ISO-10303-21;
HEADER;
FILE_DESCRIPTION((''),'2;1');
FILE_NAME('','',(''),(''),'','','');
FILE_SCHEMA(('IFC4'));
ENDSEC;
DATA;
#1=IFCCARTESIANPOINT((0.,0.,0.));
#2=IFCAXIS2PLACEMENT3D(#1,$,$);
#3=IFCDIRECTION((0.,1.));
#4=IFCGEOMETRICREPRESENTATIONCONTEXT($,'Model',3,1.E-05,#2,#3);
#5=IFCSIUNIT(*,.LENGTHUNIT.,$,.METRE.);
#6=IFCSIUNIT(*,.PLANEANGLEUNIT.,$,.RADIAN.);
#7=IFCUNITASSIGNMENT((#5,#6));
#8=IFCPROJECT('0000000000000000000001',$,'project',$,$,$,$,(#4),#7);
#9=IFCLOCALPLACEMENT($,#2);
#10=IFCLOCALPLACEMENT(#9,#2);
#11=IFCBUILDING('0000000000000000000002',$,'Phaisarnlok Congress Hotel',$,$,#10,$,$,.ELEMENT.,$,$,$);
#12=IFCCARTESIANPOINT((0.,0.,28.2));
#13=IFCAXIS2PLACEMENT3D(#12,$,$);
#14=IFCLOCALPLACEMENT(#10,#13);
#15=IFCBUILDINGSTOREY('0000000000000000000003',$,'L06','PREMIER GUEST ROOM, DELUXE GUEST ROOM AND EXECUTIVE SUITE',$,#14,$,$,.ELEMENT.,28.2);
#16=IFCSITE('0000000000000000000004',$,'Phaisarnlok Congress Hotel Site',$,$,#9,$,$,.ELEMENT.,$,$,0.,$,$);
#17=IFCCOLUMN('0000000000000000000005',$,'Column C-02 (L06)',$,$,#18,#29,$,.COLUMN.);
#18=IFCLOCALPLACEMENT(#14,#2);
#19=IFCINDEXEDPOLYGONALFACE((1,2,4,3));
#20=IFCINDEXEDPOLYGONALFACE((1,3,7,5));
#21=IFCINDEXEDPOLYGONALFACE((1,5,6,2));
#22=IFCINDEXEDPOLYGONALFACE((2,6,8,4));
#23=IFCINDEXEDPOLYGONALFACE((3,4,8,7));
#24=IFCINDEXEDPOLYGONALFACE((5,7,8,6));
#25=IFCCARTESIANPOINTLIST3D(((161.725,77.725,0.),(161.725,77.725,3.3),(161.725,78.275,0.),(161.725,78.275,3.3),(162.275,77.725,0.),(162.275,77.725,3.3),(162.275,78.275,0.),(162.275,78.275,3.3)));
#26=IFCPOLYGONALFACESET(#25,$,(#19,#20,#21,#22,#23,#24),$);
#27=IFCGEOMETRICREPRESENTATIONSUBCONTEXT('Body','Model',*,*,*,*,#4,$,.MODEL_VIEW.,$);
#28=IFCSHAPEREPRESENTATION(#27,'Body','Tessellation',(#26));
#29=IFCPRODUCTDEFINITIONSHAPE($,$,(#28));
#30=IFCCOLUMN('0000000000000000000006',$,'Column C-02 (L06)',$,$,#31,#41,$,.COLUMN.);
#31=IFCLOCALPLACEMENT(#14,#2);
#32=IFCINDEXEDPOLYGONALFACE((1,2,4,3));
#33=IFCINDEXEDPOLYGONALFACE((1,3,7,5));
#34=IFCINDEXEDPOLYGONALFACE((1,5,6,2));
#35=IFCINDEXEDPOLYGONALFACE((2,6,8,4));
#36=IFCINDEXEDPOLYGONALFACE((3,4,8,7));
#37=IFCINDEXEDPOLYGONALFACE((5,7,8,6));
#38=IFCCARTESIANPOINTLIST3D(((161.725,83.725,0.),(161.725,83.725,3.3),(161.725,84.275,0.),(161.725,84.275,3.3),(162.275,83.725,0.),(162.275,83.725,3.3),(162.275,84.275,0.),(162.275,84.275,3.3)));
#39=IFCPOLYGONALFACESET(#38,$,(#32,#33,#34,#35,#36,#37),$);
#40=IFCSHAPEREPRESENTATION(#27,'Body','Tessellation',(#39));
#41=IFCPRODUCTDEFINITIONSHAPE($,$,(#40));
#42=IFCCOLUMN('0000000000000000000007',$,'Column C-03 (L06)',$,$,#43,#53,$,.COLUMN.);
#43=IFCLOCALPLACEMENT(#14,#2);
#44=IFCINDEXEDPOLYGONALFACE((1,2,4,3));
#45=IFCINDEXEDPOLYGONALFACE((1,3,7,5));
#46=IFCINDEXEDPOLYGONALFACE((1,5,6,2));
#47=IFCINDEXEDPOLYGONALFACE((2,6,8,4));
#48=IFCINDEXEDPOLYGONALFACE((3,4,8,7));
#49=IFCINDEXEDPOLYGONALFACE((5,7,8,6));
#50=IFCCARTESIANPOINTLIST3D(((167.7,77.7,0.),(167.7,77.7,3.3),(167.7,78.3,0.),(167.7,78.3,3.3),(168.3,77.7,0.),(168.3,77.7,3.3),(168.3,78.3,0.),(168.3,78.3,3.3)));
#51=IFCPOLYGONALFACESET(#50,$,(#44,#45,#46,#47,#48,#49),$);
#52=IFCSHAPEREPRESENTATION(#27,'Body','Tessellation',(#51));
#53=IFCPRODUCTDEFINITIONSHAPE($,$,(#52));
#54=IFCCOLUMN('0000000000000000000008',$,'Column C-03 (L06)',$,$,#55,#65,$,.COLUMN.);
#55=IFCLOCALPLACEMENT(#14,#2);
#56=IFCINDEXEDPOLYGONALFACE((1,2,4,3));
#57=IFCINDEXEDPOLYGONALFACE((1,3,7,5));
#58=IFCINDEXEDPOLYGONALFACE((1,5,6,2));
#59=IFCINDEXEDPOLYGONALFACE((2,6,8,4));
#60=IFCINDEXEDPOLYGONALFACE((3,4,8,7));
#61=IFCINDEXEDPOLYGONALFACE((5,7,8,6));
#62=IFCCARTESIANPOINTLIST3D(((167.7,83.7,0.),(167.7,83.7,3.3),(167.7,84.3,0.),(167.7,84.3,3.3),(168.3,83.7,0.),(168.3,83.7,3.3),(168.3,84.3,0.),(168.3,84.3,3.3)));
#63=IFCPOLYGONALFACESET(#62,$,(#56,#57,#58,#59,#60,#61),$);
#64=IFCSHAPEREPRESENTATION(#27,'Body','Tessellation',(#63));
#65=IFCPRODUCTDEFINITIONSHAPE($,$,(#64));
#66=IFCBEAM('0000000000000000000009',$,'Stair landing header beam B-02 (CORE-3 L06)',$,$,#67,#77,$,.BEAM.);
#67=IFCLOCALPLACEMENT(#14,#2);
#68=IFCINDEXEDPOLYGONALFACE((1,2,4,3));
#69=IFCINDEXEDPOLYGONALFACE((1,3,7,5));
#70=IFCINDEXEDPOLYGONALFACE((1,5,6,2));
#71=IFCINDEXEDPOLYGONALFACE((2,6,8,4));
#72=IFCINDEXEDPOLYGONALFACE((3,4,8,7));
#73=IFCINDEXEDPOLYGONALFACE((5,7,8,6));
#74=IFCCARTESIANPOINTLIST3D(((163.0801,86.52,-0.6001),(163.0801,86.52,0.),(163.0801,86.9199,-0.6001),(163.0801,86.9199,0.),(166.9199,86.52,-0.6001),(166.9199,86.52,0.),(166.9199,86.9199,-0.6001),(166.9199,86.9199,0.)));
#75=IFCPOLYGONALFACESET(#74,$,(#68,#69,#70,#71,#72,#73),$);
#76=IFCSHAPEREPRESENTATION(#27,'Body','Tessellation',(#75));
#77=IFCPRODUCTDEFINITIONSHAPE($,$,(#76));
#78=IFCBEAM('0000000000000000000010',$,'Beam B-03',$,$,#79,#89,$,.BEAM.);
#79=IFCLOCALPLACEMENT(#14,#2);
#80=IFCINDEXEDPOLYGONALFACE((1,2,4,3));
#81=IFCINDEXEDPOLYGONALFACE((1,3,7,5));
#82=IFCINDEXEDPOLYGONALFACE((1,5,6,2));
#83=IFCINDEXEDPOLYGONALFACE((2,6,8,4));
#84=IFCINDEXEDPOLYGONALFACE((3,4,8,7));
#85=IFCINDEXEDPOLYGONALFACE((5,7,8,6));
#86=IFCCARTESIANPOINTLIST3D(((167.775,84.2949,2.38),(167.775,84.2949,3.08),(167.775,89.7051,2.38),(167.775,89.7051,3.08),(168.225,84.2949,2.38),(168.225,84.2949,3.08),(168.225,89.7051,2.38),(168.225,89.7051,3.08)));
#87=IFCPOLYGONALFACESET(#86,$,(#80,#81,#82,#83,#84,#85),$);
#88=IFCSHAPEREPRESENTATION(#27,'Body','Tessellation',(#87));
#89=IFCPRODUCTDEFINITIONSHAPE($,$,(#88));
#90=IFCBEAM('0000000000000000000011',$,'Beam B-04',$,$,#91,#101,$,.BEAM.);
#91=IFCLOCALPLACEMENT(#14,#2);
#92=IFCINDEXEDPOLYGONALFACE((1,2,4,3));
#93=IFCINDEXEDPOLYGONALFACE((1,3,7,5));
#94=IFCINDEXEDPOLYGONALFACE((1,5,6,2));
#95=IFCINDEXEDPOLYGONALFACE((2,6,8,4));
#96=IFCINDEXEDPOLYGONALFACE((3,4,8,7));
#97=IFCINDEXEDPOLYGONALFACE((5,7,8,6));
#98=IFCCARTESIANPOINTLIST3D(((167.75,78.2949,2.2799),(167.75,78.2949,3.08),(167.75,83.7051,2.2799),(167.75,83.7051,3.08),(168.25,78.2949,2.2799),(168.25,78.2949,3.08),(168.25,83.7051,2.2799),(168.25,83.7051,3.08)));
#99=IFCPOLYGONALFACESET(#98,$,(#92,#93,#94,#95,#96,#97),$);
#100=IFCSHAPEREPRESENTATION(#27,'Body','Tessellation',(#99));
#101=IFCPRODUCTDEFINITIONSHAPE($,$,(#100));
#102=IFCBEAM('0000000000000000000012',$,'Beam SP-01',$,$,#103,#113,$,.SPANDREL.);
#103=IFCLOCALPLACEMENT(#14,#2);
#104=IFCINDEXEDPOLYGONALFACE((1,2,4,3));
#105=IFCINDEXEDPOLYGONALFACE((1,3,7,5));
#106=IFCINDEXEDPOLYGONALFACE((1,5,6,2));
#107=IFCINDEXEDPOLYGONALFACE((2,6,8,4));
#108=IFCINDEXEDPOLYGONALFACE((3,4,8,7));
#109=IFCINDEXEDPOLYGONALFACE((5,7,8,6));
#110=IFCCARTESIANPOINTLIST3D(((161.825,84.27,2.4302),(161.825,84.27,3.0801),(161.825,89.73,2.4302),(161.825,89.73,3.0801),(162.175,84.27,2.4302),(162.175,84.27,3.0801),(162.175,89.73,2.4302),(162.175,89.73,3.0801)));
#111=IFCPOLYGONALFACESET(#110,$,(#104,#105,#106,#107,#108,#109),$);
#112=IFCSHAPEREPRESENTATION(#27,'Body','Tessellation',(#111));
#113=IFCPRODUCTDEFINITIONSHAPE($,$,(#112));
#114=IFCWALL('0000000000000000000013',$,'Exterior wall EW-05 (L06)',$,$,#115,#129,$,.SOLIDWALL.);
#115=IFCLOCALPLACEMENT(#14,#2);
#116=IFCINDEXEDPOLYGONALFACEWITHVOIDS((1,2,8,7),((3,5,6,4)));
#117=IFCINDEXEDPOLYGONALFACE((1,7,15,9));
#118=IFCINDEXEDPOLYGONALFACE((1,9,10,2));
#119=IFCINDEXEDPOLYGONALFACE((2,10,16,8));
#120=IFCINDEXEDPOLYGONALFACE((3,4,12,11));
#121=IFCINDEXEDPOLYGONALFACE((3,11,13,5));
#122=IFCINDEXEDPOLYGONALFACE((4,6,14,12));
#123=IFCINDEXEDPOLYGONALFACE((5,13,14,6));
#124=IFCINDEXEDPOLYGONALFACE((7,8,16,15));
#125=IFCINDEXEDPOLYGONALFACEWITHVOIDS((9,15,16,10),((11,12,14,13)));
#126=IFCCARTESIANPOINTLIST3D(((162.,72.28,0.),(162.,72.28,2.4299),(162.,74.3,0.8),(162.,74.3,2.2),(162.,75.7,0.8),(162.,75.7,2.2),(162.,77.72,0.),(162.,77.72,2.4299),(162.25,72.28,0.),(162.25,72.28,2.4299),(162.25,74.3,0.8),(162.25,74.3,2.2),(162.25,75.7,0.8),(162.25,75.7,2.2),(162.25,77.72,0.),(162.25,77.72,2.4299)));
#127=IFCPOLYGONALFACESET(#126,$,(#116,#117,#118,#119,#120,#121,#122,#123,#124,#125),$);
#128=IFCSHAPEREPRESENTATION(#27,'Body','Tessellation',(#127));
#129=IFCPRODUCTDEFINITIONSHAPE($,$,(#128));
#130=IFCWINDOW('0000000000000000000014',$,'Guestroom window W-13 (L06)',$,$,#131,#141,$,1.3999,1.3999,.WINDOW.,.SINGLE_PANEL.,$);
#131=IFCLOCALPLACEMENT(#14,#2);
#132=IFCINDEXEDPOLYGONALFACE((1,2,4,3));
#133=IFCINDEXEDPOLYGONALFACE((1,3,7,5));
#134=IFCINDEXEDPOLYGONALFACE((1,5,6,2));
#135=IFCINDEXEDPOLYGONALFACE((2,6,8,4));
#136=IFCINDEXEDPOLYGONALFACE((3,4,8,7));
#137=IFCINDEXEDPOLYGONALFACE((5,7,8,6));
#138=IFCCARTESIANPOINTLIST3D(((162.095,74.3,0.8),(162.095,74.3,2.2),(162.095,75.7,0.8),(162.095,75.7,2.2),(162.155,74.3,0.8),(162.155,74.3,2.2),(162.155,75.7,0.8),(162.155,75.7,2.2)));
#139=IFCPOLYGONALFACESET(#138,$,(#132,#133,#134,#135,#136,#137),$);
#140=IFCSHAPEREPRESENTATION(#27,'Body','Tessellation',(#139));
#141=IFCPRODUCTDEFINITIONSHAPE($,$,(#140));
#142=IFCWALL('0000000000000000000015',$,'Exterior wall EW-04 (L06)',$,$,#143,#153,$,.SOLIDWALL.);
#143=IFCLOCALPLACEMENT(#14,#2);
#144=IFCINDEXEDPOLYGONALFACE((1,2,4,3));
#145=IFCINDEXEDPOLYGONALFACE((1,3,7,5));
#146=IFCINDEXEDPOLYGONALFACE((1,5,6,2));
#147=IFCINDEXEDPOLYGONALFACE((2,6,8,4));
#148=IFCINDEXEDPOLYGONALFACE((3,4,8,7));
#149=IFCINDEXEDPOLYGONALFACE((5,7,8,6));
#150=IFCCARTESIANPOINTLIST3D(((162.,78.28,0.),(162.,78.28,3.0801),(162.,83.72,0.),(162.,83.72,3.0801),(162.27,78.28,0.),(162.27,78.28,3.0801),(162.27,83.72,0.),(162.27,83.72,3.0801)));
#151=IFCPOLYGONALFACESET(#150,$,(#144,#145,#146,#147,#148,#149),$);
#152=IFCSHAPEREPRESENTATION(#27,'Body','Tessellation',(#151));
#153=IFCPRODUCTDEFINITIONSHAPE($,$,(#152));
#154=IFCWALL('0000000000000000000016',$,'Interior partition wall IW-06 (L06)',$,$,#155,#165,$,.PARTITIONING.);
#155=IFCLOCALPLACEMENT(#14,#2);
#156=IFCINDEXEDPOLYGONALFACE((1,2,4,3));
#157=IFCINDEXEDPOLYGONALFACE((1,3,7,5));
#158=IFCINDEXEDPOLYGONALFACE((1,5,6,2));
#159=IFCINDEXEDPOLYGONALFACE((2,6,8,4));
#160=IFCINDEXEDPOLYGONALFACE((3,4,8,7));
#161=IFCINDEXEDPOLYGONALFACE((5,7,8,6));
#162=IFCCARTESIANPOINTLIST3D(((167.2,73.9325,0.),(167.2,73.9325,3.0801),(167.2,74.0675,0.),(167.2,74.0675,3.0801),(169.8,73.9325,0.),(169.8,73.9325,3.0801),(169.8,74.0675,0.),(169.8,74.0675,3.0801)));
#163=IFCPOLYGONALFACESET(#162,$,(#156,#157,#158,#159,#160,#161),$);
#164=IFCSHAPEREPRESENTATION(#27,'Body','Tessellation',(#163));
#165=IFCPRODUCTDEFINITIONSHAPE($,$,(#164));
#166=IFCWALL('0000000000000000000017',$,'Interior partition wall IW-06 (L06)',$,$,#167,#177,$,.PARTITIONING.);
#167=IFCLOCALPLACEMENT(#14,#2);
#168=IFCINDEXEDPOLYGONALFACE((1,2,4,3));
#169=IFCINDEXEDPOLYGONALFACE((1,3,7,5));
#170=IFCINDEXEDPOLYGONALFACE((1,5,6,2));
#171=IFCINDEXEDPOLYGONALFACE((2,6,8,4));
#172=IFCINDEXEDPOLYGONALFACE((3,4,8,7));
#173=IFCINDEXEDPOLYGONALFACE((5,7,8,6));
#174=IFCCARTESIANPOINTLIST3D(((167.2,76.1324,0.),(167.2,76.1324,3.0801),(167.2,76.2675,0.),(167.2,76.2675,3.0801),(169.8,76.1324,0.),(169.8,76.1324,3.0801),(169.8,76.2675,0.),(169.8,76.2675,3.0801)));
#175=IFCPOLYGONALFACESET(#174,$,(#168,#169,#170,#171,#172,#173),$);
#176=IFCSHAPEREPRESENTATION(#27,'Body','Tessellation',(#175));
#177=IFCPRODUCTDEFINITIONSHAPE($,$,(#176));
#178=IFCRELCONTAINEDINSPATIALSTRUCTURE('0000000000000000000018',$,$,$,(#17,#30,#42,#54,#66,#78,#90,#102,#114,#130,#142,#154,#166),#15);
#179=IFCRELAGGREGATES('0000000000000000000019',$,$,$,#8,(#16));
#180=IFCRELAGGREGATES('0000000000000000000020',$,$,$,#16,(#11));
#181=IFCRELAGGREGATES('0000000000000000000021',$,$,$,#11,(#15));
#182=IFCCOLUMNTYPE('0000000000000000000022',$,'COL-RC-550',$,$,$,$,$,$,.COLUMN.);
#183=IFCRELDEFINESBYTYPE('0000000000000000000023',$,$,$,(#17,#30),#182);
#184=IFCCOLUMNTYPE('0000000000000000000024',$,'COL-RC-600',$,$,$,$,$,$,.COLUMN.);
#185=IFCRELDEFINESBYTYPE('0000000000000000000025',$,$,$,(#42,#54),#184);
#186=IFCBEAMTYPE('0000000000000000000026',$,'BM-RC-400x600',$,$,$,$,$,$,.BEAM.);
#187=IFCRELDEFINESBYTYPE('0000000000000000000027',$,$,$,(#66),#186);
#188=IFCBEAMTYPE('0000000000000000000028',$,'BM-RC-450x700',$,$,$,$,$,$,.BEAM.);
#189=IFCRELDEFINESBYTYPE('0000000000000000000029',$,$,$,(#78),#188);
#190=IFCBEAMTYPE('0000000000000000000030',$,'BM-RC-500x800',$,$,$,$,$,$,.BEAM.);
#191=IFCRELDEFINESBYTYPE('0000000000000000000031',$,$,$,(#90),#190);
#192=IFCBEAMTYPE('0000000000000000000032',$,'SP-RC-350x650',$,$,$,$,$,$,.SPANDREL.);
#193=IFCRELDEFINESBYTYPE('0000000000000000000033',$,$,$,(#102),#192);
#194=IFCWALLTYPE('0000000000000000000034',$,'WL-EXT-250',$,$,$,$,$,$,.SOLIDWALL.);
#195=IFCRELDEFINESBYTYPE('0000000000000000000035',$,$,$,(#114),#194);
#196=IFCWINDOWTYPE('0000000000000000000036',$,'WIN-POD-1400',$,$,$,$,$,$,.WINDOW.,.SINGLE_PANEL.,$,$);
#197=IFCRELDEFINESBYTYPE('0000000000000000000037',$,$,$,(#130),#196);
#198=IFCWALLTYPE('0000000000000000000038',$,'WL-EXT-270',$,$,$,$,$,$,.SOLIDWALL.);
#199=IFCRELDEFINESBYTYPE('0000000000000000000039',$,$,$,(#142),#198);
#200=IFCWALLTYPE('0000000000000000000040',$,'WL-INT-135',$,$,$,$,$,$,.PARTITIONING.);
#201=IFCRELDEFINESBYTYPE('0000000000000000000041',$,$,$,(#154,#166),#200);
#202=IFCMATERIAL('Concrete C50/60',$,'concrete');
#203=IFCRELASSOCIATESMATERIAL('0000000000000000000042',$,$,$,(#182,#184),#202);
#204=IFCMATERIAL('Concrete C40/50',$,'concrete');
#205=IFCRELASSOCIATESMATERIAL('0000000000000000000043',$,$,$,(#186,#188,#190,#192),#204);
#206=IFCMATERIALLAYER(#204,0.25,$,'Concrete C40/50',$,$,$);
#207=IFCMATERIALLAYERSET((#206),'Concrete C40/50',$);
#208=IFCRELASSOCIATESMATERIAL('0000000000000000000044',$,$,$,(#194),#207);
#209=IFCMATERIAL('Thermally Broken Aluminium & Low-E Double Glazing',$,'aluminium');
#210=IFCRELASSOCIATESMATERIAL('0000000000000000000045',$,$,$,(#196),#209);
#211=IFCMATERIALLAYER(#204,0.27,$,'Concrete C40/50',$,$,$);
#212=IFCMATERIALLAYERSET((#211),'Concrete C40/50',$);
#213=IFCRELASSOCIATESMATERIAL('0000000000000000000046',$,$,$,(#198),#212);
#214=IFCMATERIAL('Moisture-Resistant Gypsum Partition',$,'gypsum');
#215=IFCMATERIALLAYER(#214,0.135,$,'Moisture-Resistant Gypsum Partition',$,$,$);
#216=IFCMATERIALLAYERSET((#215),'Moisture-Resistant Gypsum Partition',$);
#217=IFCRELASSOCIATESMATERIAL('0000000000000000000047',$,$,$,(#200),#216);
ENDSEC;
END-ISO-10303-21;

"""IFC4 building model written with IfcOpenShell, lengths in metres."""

from ifc_helpers import new_model, si_unit, direction, frame, frame_2d, origin, origin_2d, place, context, subcontext, project, spatial, rectangle, extrude, material, layer, layer_set, material_profile, profile_set, type_object, element, fill, save


model = new_model("IFC4")

# Units and contexts
model_context = context("Model", 3, precision=1e-05, world=origin(), true_north=direction((0.0, 1.0)))
body_context = subcontext(model_context, "Body", "Model", "MODEL_VIEW")
ifc_project = project(units=[si_unit("LENGTHUNIT", "METRE"), si_unit("PLANEANGLEUNIT", "RADIAN")], contexts=[model_context])

# Site, building, storey
site_placement = place(None, origin())
site = spatial("IfcSite", under=ifc_project, at=site_placement, Name="Phaisarnlok Congress Hotel Site", CompositionType="ELEMENT", RefElevation=0.0)
building_placement = place(site_placement, origin())
building = spatial("IfcBuilding", under=site, at=building_placement, Name="Phaisarnlok Congress Hotel", CompositionType="ELEMENT")
storey_placement = place(building_placement, frame((0.0, 0.0, 28.2)))
storey = spatial("IfcBuildingStorey", under=building, at=storey_placement, Name="L06", Description="PREMIER GUEST ROOM, DELUXE GUEST ROOM AND EXECUTIVE SUITE", CompositionType="ELEMENT", Elevation=28.2)

# Columns
ifc_material_1 = material(Name="Concrete C50/60", Category="concrete")
ifc_material_profile_1 = material_profile(ifc_material_1, rectangle(XDim=0.55, YDim=0.55, at=origin_2d()), Name="RC 550x550")
ifc_profile_set_1 = profile_set([ifc_material_profile_1], Name="Concrete C50/60")
column_type_1 = type_object("IfcColumnType", Name="COL-RC-550", PredefinedType="COLUMN", material=ifc_profile_set_1)
for number, where, z_axis, x_axis, name in (
    (1, (162.0, 78.0, 0.0), (0.0, 0.0, 1.0), (1.0, 0.0, 0.0), "Column C-02 (L06)"),
    (2, (162.0, 84.0, 0.0), (0.0, 0.0, 1.0), (1.0, 0.0, 0.0), "Column C-02 (L06)"),
):
    element("IfcColumn", number, at=place(storey_placement, frame(where, z_axis=z_axis, x_axis=x_axis)), inside=storey, type_object=column_type_1, Name=name, PredefinedType="COLUMN", context=body_context, shape_type="SweptSolid", body=[
        extrude(rectangle(XDim=0.55, YDim=0.55, at=origin_2d()), origin(), (0.0, 0.0, 1.0), 3.3),
    ])
ifc_material_profile_2 = material_profile(ifc_material_1, rectangle(XDim=0.6001, YDim=0.6001, at=origin_2d()), Name="RC 600x600")
ifc_profile_set_2 = profile_set([ifc_material_profile_2], Name="Concrete C50/60")
column_type_2 = type_object("IfcColumnType", Name="COL-RC-600", PredefinedType="COLUMN", material=ifc_profile_set_2)
for number, where, z_axis, x_axis, name in (
    (3, (168.0, 78.0, 0.0), (0.0, 0.0, 1.0), (1.0, 0.0, 0.0), "Column C-03 (L06)"),
    (4, (168.0, 84.0, 0.0), (0.0, 0.0, 1.0), (1.0, 0.0, 0.0), "Column C-03 (L06)"),
):
    element("IfcColumn", number, at=place(storey_placement, frame(where, z_axis=z_axis, x_axis=x_axis)), inside=storey, type_object=column_type_2, Name=name, PredefinedType="COLUMN", context=body_context, shape_type="SweptSolid", body=[
        extrude(rectangle(XDim=0.6001, YDim=0.6001, at=origin_2d()), origin(), (0.0, 0.0, 1.0), 3.3),
    ])

# Beams
ifc_material_2 = material(Name="Concrete C40/50", Category="concrete")
ifc_material_profile_3 = material_profile(ifc_material_2, rectangle(XDim=0.3999, YDim=0.6001, at=origin_2d()), Name="RC 400x600")
ifc_profile_set_3 = profile_set([ifc_material_profile_3], Name="Concrete C40/50")
beam_type_1 = type_object("IfcBeamType", Name="BM-RC-400x600", PredefinedType="BEAM", material=ifc_profile_set_3)
beam_1_placement = place(storey_placement, frame((163.0801, 86.72, -0.3), z_axis=(1.0, 0.0, 0.0), x_axis=(0.0, 1.0, 0.0)))
element("IfcBeam", 5, at=beam_1_placement, inside=storey, type_object=beam_type_1, Name="Stair landing header beam B-02 (CORE-3 L06)", PredefinedType="BEAM", context=body_context, shape_type="SweptSolid", body=[
    extrude(rectangle(XDim=0.3999, YDim=0.6001, at=origin_2d()), origin(), (0.0, 0.0, 1.0), 3.8398),
])
ifc_material_profile_4 = material_profile(ifc_material_2, rectangle(XDim=0.45, YDim=0.7, at=origin_2d()), Name="RC 450x700")
ifc_profile_set_4 = profile_set([ifc_material_profile_4], Name="Concrete C40/50")
beam_type_2 = type_object("IfcBeamType", Name="BM-RC-450x700", PredefinedType="BEAM", material=ifc_profile_set_4)
beam_2_placement = place(storey_placement, frame((168.0, 84.2949, 2.73), z_axis=(0.0, 1.0, 0.0), x_axis=(-1.0, 0.0, 0.0)))
element("IfcBeam", 6, at=beam_2_placement, inside=storey, type_object=beam_type_2, Name="Beam B-03", PredefinedType="BEAM", context=body_context, shape_type="SweptSolid", body=[
    extrude(rectangle(XDim=0.45, YDim=0.7, at=origin_2d()), origin(), (0.0, 0.0, 1.0), 5.4102),
])
ifc_material_profile_5 = material_profile(ifc_material_2, rectangle(XDim=0.5, YDim=0.8, at=origin_2d()), Name="RC 500x800")
ifc_profile_set_5 = profile_set([ifc_material_profile_5], Name="Concrete C40/50")
beam_type_3 = type_object("IfcBeamType", Name="BM-RC-500x800", PredefinedType="BEAM", material=ifc_profile_set_5)
beam_3_placement = place(storey_placement, frame((168.0, 78.2949, 2.6799), z_axis=(0.0, 1.0, 0.0), x_axis=(-1.0, 0.0, 0.0)))
element("IfcBeam", 7, at=beam_3_placement, inside=storey, type_object=beam_type_3, Name="Beam B-04", PredefinedType="BEAM", context=body_context, shape_type="SweptSolid", body=[
    extrude(rectangle(XDim=0.5, YDim=0.8, at=origin_2d()), origin(), (0.0, 0.0, 1.0), 5.4102),
])
ifc_material_profile_6 = material_profile(ifc_material_2, rectangle(XDim=0.3501, YDim=0.6499, at=origin_2d()), Name="RC 350x650")
ifc_profile_set_6 = profile_set([ifc_material_profile_6], Name="Concrete C40/50")
beam_type_4 = type_object("IfcBeamType", Name="SP-RC-350x650", PredefinedType="SPANDREL", material=ifc_profile_set_6)
beam_4_placement = place(storey_placement, frame((162.0, 84.27, 2.7551), z_axis=(0.0, 1.0, 0.0), x_axis=(-1.0, 0.0, 0.0)))
element("IfcBeam", 8, at=beam_4_placement, inside=storey, type_object=beam_type_4, Name="Beam SP-01", PredefinedType="SPANDREL", context=body_context, shape_type="SweptSolid", body=[
    extrude(rectangle(XDim=0.3501, YDim=0.6499, at=origin_2d()), origin(), (0.0, 0.0, 1.0), 5.46),
])

# Wall, opening, window
ifc_layer_1 = layer(ifc_material_2, 0.25, Name="Concrete C40/50")
ifc_layer_set_1 = layer_set([ifc_layer_1], Name="Concrete C40/50")
wall_type_1 = type_object("IfcWallType", Name="WL-EXT-250", PredefinedType="SOLIDWALL", material=ifc_layer_set_1)
wall_1_placement = place(storey_placement, frame((162.125, 77.72, 0.0), z_axis=(0.0, 0.0, 1.0), x_axis=(0.0, -1.0, 0.0)))
wall_1 = element("IfcWall", 9, at=wall_1_placement, inside=storey, type_object=wall_type_1, Name="Exterior wall EW-05 (L06)", PredefinedType="SOLIDWALL", context=body_context, shape_type="SweptSolid", body=[
    extrude(rectangle(XDim=5.4399, YDim=0.25, at=frame_2d((2.72, 0.0))), origin(), (0.0, 0.0, 1.0), 2.4299),
])
opening_placement = place(wall_1_placement, frame((2.02, 0.0, 0.8)))
opening = element("IfcOpeningElement", 10, at=opening_placement, cuts=wall_1, PredefinedType="OPENING", context=body_context, shape_type="SweptSolid", body=[
    extrude(rectangle(XDim=1.3999, YDim=1.3999, at=frame_2d((0.7, 0.7))), frame((0.0, 0.135, 0.0), z_axis=(0.0, -1.0, 0.0), x_axis=(1.0, 0.0, 0.0)), (0.0, 0.0, 1.0), 0.27),
])
ifc_material_3 = material(Name="Thermally Broken Aluminium & Low-E Double Glazing", Category="aluminium")
window_type = type_object("IfcWindowType", Name="WIN-POD-1400", PartitioningType="SINGLE_PANEL", PredefinedType="WINDOW", material=ifc_material_3)
window_placement = place(opening_placement, origin())
window = element("IfcWindow", 11, at=window_placement, inside=storey, type_object=window_type, Name="Guestroom window W-13 (L06)", OverallHeight=1.3999, OverallWidth=1.3999, PartitioningType="SINGLE_PANEL", PredefinedType="WINDOW", context=body_context, shape_type="SweptSolid", body=[
    extrude(rectangle(XDim=1.3999, YDim=1.3999, at=frame_2d((0.7, 0.7))), frame((0.0, 0.03, 0.0), z_axis=(0.0, -1.0, 0.0), x_axis=(1.0, 0.0, 0.0)), (0.0, 0.0, 1.0), 0.0601),
])
fill(opening, window)

# Walls
ifc_layer_2 = layer(ifc_material_2, 0.27, Name="Concrete C40/50")
ifc_layer_set_2 = layer_set([ifc_layer_2], Name="Concrete C40/50")
wall_type_2 = type_object("IfcWallType", Name="WL-EXT-270", PredefinedType="SOLIDWALL", material=ifc_layer_set_2)
wall_2_placement = place(storey_placement, frame((162.135, 83.72, 0.0), z_axis=(0.0, 0.0, 1.0), x_axis=(0.0, -1.0, 0.0)))
element("IfcWall", 12, at=wall_2_placement, inside=storey, type_object=wall_type_2, Name="Exterior wall EW-04 (L06)", PredefinedType="SOLIDWALL", context=body_context, shape_type="SweptSolid", body=[
    extrude(rectangle(XDim=5.4399, YDim=0.27, at=frame_2d((2.72, 0.0))), origin(), (0.0, 0.0, 1.0), 3.0801),
])
ifc_material_4 = material(Name="Moisture-Resistant Gypsum Partition", Category="gypsum")
ifc_layer_3 = layer(ifc_material_4, 0.135, Name="Moisture-Resistant Gypsum Partition")
ifc_layer_set_3 = layer_set([ifc_layer_3], Name="Moisture-Resistant Gypsum Partition")
wall_type_3 = type_object("IfcWallType", Name="WL-INT-135", PredefinedType="PARTITIONING", material=ifc_layer_set_3)
for number, where, z_axis, x_axis, name in (
    (13, (167.2, 74.0, 0.0), (0.0, 0.0, 1.0), (1.0, 0.0, 0.0), "Interior partition wall IW-06 (L06)"),
    (14, (167.2, 76.2, 0.0), (0.0, 0.0, 1.0), (1.0, 0.0, 0.0), "Interior partition wall IW-06 (L06)"),
):
    element("IfcWall", number, at=place(storey_placement, frame(where, z_axis=z_axis, x_axis=x_axis)), inside=storey, type_object=wall_type_3, Name=name, PredefinedType="PARTITIONING", context=body_context, shape_type="SweptSolid", body=[
        extrude(rectangle(XDim=2.6001, YDim=0.135, at=frame_2d((1.3, 0.0))), origin(), (0.0, 0.0, 1.0), 3.0801),
    ])

save(model, "model.ifc")
